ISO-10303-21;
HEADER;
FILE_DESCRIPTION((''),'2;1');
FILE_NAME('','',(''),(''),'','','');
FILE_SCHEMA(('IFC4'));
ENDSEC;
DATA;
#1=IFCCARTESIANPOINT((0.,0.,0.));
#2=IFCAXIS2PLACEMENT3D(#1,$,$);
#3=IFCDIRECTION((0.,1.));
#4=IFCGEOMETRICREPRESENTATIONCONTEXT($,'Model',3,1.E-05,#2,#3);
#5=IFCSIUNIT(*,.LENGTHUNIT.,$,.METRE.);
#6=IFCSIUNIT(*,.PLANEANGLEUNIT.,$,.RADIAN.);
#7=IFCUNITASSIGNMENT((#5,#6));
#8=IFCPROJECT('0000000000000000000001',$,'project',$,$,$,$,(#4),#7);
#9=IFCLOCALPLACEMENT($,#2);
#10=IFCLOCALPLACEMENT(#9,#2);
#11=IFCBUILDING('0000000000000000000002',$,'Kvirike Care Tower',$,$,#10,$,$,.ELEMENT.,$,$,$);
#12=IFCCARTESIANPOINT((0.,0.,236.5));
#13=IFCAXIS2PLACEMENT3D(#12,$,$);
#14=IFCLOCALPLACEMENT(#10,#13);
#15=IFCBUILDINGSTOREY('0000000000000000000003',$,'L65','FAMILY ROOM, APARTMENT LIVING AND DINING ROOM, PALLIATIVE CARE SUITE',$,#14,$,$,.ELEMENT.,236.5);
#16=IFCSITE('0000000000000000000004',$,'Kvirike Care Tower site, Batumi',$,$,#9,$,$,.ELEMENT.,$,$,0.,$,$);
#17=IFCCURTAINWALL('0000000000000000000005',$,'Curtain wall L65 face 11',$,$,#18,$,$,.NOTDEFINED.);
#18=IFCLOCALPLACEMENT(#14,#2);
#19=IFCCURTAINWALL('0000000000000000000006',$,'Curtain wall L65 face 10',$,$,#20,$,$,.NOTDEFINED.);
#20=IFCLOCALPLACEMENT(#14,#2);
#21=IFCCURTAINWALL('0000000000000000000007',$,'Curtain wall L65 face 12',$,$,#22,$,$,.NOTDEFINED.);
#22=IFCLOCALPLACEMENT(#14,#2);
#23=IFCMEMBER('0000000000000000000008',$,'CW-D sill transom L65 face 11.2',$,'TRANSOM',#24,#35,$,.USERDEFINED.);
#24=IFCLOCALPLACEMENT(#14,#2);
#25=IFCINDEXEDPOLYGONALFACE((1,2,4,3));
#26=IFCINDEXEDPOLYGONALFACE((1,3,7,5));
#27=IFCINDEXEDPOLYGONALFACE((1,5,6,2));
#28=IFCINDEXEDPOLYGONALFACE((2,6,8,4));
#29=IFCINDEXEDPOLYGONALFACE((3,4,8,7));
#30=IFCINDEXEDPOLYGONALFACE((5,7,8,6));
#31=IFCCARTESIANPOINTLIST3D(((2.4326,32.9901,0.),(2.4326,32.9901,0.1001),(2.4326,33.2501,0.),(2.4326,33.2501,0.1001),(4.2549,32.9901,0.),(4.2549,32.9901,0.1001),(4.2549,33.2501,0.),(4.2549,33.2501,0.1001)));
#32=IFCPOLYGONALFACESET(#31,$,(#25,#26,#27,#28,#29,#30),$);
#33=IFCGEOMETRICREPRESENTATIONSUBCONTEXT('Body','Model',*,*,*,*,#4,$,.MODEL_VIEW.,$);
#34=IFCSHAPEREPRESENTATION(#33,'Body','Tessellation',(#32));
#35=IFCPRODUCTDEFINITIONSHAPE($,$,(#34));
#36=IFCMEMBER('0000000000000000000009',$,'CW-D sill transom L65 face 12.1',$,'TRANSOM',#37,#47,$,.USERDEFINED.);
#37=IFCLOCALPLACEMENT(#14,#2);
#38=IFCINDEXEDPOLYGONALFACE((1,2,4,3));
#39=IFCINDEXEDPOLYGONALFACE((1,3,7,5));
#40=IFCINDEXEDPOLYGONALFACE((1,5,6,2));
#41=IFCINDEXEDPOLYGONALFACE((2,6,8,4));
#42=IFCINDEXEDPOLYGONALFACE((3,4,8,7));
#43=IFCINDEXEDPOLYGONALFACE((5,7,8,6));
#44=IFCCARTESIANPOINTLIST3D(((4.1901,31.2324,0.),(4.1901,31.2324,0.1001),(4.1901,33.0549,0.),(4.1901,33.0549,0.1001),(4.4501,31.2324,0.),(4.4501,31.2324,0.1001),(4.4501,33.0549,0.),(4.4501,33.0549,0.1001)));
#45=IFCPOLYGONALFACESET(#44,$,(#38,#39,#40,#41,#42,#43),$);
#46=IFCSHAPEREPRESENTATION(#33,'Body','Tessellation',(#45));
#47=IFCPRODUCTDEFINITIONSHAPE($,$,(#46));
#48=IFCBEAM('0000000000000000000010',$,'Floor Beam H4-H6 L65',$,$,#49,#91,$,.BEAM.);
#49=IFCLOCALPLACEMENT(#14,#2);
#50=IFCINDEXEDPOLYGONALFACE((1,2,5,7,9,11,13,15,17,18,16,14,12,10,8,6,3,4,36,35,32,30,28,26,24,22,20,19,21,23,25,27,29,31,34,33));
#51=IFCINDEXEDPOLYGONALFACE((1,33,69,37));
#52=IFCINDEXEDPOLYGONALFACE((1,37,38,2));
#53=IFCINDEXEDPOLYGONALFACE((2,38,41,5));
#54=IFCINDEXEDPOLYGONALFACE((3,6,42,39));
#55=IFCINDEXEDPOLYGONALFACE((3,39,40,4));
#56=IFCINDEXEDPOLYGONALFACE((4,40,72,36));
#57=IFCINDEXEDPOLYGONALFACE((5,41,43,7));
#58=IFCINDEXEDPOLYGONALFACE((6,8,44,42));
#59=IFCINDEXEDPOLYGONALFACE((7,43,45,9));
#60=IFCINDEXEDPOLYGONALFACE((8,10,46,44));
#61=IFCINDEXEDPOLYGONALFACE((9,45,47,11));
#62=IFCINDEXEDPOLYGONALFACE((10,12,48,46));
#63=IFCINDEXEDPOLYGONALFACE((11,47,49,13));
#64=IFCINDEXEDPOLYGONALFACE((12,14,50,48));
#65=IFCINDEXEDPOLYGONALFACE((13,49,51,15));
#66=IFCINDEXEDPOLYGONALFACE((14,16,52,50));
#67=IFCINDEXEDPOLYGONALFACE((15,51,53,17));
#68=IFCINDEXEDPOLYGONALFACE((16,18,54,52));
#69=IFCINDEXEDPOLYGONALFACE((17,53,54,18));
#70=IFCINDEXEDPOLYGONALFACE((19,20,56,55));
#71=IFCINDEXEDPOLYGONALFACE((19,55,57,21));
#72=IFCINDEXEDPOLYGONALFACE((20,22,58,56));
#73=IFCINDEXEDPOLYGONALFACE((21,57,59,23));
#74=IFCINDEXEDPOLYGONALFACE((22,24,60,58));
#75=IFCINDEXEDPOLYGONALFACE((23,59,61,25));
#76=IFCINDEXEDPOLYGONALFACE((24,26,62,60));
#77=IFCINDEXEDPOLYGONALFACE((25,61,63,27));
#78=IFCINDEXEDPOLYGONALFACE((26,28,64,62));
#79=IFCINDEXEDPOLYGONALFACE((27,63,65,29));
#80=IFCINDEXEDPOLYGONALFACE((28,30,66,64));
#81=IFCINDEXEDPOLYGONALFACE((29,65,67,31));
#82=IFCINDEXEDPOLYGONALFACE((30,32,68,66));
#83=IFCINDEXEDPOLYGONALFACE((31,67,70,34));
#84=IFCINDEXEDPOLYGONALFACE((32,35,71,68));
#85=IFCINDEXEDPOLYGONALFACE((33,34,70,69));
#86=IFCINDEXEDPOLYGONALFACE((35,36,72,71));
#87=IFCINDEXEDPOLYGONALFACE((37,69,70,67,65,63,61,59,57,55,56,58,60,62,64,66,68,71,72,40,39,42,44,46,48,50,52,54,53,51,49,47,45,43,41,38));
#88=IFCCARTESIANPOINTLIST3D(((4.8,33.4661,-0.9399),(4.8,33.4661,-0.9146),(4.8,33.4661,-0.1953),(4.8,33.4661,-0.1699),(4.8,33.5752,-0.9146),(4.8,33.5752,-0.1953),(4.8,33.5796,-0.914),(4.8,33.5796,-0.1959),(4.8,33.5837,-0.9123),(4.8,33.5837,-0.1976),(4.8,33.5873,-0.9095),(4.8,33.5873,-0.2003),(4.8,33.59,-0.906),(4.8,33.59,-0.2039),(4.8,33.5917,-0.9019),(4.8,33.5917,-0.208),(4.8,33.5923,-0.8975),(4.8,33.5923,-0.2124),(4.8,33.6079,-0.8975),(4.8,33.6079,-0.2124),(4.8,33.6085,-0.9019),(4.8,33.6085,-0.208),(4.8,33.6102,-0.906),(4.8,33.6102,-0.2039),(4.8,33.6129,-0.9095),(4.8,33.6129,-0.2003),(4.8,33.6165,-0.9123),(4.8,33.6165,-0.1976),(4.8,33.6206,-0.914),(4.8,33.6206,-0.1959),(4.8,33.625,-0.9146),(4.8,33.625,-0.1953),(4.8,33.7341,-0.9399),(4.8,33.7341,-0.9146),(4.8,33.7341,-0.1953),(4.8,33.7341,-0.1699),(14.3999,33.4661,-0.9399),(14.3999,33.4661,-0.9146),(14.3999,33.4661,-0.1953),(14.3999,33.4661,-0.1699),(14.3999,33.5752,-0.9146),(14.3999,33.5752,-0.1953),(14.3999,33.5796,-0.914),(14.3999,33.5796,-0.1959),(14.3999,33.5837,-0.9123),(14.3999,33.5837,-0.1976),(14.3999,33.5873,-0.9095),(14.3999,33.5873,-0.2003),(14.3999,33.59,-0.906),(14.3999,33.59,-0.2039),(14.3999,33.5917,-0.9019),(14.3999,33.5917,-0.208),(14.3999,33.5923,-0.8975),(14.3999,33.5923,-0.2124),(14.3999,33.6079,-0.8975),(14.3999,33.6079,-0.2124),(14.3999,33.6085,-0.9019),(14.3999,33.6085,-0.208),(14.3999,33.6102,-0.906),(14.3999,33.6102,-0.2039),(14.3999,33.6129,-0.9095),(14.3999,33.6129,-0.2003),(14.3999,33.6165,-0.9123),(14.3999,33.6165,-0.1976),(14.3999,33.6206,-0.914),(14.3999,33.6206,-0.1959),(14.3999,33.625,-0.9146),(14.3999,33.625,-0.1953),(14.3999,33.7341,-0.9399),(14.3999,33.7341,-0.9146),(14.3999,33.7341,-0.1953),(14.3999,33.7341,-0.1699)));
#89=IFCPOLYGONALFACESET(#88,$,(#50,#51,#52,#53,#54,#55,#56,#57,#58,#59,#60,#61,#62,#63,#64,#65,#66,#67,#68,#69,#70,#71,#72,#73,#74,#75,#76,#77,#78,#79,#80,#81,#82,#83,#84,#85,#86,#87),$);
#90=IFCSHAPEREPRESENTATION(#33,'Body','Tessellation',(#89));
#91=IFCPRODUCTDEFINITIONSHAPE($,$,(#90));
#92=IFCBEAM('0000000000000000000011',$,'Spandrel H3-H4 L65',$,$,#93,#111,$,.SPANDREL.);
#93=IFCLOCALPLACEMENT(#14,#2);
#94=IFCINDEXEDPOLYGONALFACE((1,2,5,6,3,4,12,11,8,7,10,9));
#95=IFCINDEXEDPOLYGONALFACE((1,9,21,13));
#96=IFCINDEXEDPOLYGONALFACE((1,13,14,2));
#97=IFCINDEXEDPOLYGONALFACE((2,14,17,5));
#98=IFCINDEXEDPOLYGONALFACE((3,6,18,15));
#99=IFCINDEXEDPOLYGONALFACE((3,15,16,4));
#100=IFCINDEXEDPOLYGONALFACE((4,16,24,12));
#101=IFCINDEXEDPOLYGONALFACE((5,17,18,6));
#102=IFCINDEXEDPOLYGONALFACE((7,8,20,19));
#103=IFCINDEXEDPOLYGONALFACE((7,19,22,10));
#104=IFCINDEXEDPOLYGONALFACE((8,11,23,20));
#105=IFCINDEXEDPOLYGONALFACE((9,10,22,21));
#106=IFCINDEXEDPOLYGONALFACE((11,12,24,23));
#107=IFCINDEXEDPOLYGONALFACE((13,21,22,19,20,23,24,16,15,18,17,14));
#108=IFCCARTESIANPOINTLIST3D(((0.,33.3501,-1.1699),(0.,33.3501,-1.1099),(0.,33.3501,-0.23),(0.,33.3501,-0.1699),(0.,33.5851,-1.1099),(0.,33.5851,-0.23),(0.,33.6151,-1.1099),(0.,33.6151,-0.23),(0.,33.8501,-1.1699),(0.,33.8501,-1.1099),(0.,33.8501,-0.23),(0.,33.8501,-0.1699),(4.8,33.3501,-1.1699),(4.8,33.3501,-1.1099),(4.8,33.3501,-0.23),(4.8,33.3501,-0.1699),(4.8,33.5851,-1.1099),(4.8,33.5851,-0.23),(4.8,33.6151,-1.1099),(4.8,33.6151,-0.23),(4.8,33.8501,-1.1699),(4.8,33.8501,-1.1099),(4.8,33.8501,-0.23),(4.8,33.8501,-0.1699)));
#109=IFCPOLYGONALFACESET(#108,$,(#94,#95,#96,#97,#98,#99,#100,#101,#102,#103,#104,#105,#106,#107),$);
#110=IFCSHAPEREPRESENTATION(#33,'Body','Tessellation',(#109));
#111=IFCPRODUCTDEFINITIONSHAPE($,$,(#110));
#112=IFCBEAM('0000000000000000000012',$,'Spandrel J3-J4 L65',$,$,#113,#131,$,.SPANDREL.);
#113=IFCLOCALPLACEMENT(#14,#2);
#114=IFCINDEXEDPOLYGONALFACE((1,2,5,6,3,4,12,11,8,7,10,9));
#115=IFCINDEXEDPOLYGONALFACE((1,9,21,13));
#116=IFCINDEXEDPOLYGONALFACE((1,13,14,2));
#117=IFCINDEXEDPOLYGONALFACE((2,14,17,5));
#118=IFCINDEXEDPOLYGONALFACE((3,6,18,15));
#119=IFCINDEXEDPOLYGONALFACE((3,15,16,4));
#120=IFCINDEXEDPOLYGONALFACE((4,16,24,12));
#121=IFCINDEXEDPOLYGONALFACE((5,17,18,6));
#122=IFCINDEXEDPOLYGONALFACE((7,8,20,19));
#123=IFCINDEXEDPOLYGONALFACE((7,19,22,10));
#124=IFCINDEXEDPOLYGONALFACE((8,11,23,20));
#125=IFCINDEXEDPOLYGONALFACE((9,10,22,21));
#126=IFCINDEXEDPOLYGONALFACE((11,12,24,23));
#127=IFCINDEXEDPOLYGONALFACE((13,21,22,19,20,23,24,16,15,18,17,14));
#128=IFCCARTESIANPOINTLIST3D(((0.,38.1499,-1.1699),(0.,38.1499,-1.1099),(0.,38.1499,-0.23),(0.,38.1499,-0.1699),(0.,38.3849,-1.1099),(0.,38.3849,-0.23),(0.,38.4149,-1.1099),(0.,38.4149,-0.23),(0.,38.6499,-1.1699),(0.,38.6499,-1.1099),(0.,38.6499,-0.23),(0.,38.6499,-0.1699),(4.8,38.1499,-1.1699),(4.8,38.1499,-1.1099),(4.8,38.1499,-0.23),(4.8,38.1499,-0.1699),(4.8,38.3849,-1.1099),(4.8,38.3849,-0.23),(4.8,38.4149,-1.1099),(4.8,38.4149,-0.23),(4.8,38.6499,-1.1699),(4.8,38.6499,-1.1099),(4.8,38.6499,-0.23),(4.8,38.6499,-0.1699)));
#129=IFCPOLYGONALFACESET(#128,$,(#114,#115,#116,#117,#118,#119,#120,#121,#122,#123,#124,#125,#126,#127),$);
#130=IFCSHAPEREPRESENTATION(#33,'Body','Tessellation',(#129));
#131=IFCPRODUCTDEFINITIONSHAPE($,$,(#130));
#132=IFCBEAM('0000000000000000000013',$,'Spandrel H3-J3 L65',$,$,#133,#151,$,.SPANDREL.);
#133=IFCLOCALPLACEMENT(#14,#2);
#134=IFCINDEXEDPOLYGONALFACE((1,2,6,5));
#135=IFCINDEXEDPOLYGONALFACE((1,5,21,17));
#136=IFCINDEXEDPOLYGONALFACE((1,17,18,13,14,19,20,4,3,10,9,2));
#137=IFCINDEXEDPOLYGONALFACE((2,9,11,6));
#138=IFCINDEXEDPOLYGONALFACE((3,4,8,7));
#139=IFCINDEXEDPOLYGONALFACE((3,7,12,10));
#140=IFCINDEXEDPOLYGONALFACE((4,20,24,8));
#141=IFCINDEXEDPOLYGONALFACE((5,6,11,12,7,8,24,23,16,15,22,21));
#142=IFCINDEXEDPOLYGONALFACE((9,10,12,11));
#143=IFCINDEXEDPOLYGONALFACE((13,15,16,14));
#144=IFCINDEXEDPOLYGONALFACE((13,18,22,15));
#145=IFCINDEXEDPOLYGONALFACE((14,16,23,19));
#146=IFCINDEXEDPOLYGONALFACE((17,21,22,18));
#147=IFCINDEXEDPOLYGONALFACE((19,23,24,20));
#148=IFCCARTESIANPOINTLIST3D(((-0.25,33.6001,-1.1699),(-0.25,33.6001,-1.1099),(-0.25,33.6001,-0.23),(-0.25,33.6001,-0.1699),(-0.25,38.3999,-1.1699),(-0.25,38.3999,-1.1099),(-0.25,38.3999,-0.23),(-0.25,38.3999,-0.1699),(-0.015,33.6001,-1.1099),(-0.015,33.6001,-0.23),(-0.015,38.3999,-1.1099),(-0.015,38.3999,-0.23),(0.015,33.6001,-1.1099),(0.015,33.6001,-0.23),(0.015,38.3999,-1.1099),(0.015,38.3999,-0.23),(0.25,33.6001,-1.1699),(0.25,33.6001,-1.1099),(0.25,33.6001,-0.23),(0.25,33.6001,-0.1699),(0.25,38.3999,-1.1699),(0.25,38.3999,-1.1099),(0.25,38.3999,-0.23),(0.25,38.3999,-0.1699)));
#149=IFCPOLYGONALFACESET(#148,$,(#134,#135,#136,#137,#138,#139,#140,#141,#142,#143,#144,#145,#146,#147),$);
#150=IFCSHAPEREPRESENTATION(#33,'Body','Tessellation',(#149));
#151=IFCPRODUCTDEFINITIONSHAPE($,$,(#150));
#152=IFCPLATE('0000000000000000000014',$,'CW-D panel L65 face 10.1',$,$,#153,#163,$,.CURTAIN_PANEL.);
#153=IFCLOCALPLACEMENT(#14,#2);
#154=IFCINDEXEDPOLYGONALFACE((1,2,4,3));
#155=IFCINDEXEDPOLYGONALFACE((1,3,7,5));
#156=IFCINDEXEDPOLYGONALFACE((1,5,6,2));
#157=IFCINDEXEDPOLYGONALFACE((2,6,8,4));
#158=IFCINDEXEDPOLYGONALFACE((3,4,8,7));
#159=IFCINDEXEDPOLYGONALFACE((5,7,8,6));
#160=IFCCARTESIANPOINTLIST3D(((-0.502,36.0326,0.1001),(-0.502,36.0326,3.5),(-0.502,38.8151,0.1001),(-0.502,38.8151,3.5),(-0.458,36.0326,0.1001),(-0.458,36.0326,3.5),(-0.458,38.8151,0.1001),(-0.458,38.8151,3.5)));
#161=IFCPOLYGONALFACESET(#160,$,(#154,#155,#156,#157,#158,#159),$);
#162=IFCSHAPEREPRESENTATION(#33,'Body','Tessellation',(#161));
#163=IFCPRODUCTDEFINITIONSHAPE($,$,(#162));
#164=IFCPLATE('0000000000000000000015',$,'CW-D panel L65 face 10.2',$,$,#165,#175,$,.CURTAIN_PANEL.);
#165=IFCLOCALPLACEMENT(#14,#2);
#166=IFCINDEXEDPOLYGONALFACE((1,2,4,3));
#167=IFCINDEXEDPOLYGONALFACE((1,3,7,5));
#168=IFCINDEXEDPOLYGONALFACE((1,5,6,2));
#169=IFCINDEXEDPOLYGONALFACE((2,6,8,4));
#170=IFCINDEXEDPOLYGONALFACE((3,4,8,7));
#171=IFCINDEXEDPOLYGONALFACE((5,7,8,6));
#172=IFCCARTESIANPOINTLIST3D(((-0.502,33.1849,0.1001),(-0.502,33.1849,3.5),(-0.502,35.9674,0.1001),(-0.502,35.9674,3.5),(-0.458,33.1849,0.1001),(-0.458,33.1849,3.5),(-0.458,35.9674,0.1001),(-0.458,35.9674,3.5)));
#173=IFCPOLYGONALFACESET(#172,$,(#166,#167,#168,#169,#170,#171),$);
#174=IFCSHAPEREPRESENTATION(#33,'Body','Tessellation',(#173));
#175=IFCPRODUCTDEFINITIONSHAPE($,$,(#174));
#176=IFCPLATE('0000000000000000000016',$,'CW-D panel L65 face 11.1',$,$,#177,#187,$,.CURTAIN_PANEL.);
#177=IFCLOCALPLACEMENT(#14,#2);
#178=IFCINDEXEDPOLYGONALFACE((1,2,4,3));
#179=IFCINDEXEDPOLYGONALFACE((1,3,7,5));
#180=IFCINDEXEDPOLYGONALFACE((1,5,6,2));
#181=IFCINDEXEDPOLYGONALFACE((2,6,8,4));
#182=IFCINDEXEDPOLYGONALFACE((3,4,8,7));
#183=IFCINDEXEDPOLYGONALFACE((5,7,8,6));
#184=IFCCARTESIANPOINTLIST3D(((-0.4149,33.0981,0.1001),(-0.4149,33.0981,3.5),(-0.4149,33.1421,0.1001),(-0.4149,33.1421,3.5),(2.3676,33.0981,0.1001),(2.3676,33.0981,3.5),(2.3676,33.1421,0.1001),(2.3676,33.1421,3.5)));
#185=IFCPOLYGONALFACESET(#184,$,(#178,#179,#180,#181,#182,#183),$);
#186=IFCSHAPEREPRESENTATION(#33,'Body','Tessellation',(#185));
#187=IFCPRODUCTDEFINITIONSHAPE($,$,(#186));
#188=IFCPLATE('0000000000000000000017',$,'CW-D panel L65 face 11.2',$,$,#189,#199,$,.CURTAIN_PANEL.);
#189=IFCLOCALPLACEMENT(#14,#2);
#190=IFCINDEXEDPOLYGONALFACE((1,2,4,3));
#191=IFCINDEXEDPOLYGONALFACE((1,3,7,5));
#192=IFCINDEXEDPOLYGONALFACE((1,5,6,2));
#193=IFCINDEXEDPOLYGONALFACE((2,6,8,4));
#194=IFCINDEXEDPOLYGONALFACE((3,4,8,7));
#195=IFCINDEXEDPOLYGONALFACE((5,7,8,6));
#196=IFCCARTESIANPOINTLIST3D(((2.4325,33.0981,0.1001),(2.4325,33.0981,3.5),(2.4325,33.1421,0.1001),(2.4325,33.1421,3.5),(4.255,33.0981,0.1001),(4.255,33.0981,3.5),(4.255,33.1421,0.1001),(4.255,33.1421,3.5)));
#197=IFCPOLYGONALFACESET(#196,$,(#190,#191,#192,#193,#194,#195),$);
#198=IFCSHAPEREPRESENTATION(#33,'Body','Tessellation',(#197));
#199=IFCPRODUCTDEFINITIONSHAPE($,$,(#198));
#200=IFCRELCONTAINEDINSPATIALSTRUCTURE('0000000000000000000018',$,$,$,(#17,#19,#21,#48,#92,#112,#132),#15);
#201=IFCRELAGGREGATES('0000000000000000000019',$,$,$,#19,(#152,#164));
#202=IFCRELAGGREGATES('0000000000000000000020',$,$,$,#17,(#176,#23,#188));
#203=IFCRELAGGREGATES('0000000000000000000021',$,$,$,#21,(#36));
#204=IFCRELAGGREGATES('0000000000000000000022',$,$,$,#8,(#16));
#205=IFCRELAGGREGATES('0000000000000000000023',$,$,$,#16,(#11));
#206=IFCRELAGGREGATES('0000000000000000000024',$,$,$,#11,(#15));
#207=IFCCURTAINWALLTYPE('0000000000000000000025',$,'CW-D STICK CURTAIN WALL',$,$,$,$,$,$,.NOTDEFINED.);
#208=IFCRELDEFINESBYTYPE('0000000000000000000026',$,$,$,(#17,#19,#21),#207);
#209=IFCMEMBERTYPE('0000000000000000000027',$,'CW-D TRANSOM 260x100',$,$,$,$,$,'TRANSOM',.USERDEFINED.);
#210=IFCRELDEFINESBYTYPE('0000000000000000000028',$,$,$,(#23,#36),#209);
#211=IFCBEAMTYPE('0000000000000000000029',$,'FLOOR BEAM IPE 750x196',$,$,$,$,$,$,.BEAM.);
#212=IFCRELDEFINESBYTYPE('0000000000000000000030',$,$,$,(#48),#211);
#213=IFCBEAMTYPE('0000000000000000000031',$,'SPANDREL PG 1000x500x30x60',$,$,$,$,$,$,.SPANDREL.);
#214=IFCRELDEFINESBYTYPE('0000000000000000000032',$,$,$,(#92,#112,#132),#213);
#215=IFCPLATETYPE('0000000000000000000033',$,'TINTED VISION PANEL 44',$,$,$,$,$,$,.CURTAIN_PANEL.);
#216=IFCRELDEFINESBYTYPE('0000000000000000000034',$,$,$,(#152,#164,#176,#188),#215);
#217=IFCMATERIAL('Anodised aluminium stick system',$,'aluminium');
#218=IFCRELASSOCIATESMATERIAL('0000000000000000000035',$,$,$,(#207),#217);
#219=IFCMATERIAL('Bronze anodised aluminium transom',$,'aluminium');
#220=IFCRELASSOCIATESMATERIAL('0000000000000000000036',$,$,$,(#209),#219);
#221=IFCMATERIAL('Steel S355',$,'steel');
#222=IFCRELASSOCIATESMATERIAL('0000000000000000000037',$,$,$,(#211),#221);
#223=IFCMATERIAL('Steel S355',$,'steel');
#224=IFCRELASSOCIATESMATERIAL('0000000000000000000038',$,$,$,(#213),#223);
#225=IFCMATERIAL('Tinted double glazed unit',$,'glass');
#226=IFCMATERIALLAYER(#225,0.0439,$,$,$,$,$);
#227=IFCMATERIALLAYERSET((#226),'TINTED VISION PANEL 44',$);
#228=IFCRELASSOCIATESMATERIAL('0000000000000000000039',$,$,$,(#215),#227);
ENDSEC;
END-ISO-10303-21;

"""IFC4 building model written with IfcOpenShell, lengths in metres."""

from ifc_helpers import new_model, si_unit, direction, frame, origin, origin_2d, place, context, subcontext, project, spatial, rectangle, i_section, extrude, material, layer, layer_set, material_profile, profile_set, type_object, element, aggregate, save


model = new_model("IFC4")

# Units and contexts
model_context = context("Model", 3, precision=1e-05, world=origin(), true_north=direction((0.0, 1.0)))
body_context = subcontext(model_context, "Body", "Model", "MODEL_VIEW")
ifc_project = project(units=[si_unit("LENGTHUNIT", "METRE"), si_unit("PLANEANGLEUNIT", "RADIAN")], contexts=[model_context])

# Site, building, storey
site_placement = place(None, origin())
site = spatial("IfcSite", under=ifc_project, at=site_placement, Name="Kvirike Care Tower site, Batumi", CompositionType="ELEMENT", RefElevation=0.0)
building_placement = place(site_placement, origin())
building = spatial("IfcBuilding", under=site, at=building_placement, Name="Kvirike Care Tower", CompositionType="ELEMENT")
storey_placement = place(building_placement, frame((0.0, 0.0, 236.5)))
storey = spatial("IfcBuildingStorey", under=building, at=storey_placement, Name="L65", Description="FAMILY ROOM, APARTMENT LIVING AND DINING ROOM, PALLIATIVE CARE SUITE", CompositionType="ELEMENT", Elevation=236.5)

# Curtain wall
ifc_material_1 = material(Name="Anodised aluminium stick system", Category="aluminium")
curtain_wall_type = type_object("IfcCurtainWallType", Name="CW-D STICK CURTAIN WALL", PredefinedType="NOTDEFINED", material=ifc_material_1)
curtain_wall_1_placement = place(storey_placement, origin())
curtain_wall_1 = element("IfcCurtainWall", 1, at=curtain_wall_1_placement, inside=storey, type_object=curtain_wall_type, Name="Curtain wall L65 face 11", PredefinedType="NOTDEFINED")

# Curtain wall
curtain_wall_2_placement = place(storey_placement, origin())
curtain_wall_2 = element("IfcCurtainWall", 2, at=curtain_wall_2_placement, inside=storey, type_object=curtain_wall_type, Name="Curtain wall L65 face 10", PredefinedType="NOTDEFINED")

# Curtain wall
curtain_wall_3_placement = place(storey_placement, origin())
curtain_wall_3 = element("IfcCurtainWall", 3, at=curtain_wall_3_placement, inside=storey, type_object=curtain_wall_type, Name="Curtain wall L65 face 12", PredefinedType="NOTDEFINED")

# Members
ifc_material_2 = material(Name="Bronze anodised aluminium transom", Category="aluminium")
ifc_material_profile_1 = material_profile(ifc_material_2, rectangle(XDim=0.26, YDim=0.1001, at=origin_2d()), Name="CW-D TRANSOM 260x100")
ifc_profile_set_1 = profile_set([ifc_material_profile_1], Name="Bronze anodised aluminium transom")
member_type_1 = type_object("IfcMemberType", Name="CW-D TRANSOM 260x100", ElementType="TRANSOM", PredefinedType="USERDEFINED", material=ifc_profile_set_1)
member_1_placement = place(storey_placement, frame((2.4326, 33.1201, 0.05), z_axis=(1.0, 0.0, 0.0), x_axis=(0.0, 1.0, 0.0)))
member_1 = element("IfcMember", 4, at=member_1_placement, type_object=member_type_1, Name="CW-D sill transom L65 face 11.2", ObjectType="TRANSOM", PredefinedType="USERDEFINED", context=body_context, shape_type="SweptSolid", body=[
    extrude(rectangle(XDim=0.26, YDim=0.1001, at=origin_2d()), origin(), (0.0, 0.0, 1.0), 1.8223),
])
member_2_placement = place(storey_placement, frame((4.3201, 33.0549, 0.05), z_axis=(0.0, -1.0, 0.0), x_axis=(1.0, 0.0, 0.0)))
member_2 = element("IfcMember", 5, at=member_2_placement, type_object=member_type_1, Name="CW-D sill transom L65 face 12.1", ObjectType="TRANSOM", PredefinedType="USERDEFINED", context=body_context, shape_type="SweptSolid", body=[
    extrude(rectangle(XDim=0.26, YDim=0.1001, at=origin_2d()), origin(), (0.0, 0.0, 1.0), 1.8225),
])

# Beams
ifc_material_3 = material(Name="Steel S355", Category="steel")
ifc_material_profile_2 = material_profile(ifc_material_3, i_section(OverallWidth=0.2681, OverallDepth=0.77, WebThickness=0.0156, FlangeThickness=0.0254, FilletRadius=0.0171, at=origin_2d()), Name="IPE 750x196")
ifc_profile_set_2 = profile_set([ifc_material_profile_2], Name="Steel S355")
beam_type_1 = type_object("IfcBeamType", Name="FLOOR BEAM IPE 750x196", PredefinedType="BEAM", material=ifc_profile_set_2)
beam_1_placement = place(storey_placement, frame((4.8, 33.6001, -0.5549), z_axis=(1.0, 0.0, 0.0), x_axis=(0.0, 1.0, 0.0)))
element("IfcBeam", 6, at=beam_1_placement, inside=storey, type_object=beam_type_1, Name="Floor Beam H4-H6 L65", PredefinedType="BEAM", context=body_context, shape_type="SweptSolid", body=[
    extrude(i_section(OverallWidth=0.2681, OverallDepth=0.77, WebThickness=0.0156, FlangeThickness=0.0254, FilletRadius=0.0171, at=origin_2d()), origin(), (0.0, 0.0, 1.0), 9.5999),
])
ifc_material_4 = material(Name="Steel S355", Category="steel")
ifc_material_profile_3 = material_profile(ifc_material_4, i_section(OverallWidth=0.5, OverallDepth=1.0, WebThickness=0.03, FlangeThickness=0.0601, at=origin_2d()), Name="PG 1000x500x30x60")
ifc_profile_set_3 = profile_set([ifc_material_profile_3], Name="Steel S355")
beam_type_2 = type_object("IfcBeamType", Name="SPANDREL PG 1000x500x30x60", PredefinedType="SPANDREL", material=ifc_profile_set_3)
for number, where, z_axis, x_axis, name in (
    (7, (0.0, 33.6001, -0.6699), (1.0, 0.0, 0.0), (0.0, 1.0, 0.0), "Spandrel H3-H4 L65"),
    (8, (0.0, 38.3999, -0.6699), (1.0, 0.0, 0.0), (0.0, 1.0, 0.0), "Spandrel J3-J4 L65"),
):
    element("IfcBeam", number, at=place(storey_placement, frame(where, z_axis=z_axis, x_axis=x_axis)), inside=storey, type_object=beam_type_2, Name=name, PredefinedType="SPANDREL", context=body_context, shape_type="SweptSolid", body=[
        extrude(i_section(OverallWidth=0.5, OverallDepth=1.0, WebThickness=0.03, FlangeThickness=0.0601, at=origin_2d()), origin(), (0.0, 0.0, 1.0), 4.8),
    ])
beam_2_placement = place(storey_placement, frame((0.0, 33.6001, -0.6699), z_axis=(0.0, 1.0, 0.0), x_axis=(-1.0, 0.0, 0.0)))
element("IfcBeam", 9, at=beam_2_placement, inside=storey, type_object=beam_type_2, Name="Spandrel H3-J3 L65", PredefinedType="SPANDREL", context=body_context, shape_type="SweptSolid", body=[
    extrude(i_section(OverallWidth=0.5, OverallDepth=1.0, WebThickness=0.03, FlangeThickness=0.0601, at=origin_2d()), origin(), (0.0, 0.0, 1.0), 4.7998),
])

# Plates
ifc_material_5 = material(Name="Tinted double glazed unit", Category="glass")
ifc_layer_1 = layer(ifc_material_5, 0.0439)
ifc_layer_set_1 = layer_set([ifc_layer_1], Name="TINTED VISION PANEL 44")
plate_type = type_object("IfcPlateType", Name="TINTED VISION PANEL 44", PredefinedType="CURTAIN_PANEL", material=ifc_layer_set_1)
plate_1_placement = place(storey_placement, frame((-0.48, 37.4238, 0.1001), z_axis=(0.0, 0.0, 1.0), x_axis=(0.0, -1.0, 0.0)))
plate_1 = element("IfcPlate", 10, at=plate_1_placement, type_object=plate_type, Name="CW-D panel L65 face 10.1", PredefinedType="CURTAIN_PANEL", context=body_context, shape_type="SweptSolid", body=[
    extrude(rectangle(XDim=2.7825, YDim=0.0439, at=origin_2d()), origin(), (0.0, 0.0, 1.0), 3.3999),
])
plate_2_placement = place(storey_placement, frame((-0.48, 34.5762, 0.1001), z_axis=(0.0, 0.0, 1.0), x_axis=(0.0, -1.0, 0.0)))
plate_2 = element("IfcPlate", 11, at=plate_2_placement, type_object=plate_type, Name="CW-D panel L65 face 10.2", PredefinedType="CURTAIN_PANEL", context=body_context, shape_type="SweptSolid", body=[
    extrude(rectangle(XDim=2.7825, YDim=0.0439, at=origin_2d()), origin(), (0.0, 0.0, 1.0), 3.3999),
])
aggregate(curtain_wall_2, [plate_1, plate_2])
plate_3_placement = place(storey_placement, frame((0.9763, 33.1201, 0.1001), z_axis=(0.0, 0.0, 1.0), x_axis=(1.0, 0.0, 0.0)))
plate_3 = element("IfcPlate", 12, at=plate_3_placement, type_object=plate_type, Name="CW-D panel L65 face 11.1", PredefinedType="CURTAIN_PANEL", context=body_context, shape_type="SweptSolid", body=[
    extrude(rectangle(XDim=2.7825, YDim=0.0439, at=origin_2d()), origin(), (0.0, 0.0, 1.0), 3.3999),
])
plate_4_placement = place(storey_placement, frame((3.3438, 33.1201, 0.1001), z_axis=(0.0, 0.0, 1.0), x_axis=(1.0, 0.0, 0.0)))
plate_4 = element("IfcPlate", 13, at=plate_4_placement, type_object=plate_type, Name="CW-D panel L65 face 11.2", PredefinedType="CURTAIN_PANEL", context=body_context, shape_type="SweptSolid", body=[
    extrude(rectangle(XDim=1.8225, YDim=0.0439, at=origin_2d()), origin(), (0.0, 0.0, 1.0), 3.3999),
])
aggregate(curtain_wall_1, [plate_3, member_1, plate_4])
aggregate(curtain_wall_3, [member_2])

save(model, "model.ifc")
